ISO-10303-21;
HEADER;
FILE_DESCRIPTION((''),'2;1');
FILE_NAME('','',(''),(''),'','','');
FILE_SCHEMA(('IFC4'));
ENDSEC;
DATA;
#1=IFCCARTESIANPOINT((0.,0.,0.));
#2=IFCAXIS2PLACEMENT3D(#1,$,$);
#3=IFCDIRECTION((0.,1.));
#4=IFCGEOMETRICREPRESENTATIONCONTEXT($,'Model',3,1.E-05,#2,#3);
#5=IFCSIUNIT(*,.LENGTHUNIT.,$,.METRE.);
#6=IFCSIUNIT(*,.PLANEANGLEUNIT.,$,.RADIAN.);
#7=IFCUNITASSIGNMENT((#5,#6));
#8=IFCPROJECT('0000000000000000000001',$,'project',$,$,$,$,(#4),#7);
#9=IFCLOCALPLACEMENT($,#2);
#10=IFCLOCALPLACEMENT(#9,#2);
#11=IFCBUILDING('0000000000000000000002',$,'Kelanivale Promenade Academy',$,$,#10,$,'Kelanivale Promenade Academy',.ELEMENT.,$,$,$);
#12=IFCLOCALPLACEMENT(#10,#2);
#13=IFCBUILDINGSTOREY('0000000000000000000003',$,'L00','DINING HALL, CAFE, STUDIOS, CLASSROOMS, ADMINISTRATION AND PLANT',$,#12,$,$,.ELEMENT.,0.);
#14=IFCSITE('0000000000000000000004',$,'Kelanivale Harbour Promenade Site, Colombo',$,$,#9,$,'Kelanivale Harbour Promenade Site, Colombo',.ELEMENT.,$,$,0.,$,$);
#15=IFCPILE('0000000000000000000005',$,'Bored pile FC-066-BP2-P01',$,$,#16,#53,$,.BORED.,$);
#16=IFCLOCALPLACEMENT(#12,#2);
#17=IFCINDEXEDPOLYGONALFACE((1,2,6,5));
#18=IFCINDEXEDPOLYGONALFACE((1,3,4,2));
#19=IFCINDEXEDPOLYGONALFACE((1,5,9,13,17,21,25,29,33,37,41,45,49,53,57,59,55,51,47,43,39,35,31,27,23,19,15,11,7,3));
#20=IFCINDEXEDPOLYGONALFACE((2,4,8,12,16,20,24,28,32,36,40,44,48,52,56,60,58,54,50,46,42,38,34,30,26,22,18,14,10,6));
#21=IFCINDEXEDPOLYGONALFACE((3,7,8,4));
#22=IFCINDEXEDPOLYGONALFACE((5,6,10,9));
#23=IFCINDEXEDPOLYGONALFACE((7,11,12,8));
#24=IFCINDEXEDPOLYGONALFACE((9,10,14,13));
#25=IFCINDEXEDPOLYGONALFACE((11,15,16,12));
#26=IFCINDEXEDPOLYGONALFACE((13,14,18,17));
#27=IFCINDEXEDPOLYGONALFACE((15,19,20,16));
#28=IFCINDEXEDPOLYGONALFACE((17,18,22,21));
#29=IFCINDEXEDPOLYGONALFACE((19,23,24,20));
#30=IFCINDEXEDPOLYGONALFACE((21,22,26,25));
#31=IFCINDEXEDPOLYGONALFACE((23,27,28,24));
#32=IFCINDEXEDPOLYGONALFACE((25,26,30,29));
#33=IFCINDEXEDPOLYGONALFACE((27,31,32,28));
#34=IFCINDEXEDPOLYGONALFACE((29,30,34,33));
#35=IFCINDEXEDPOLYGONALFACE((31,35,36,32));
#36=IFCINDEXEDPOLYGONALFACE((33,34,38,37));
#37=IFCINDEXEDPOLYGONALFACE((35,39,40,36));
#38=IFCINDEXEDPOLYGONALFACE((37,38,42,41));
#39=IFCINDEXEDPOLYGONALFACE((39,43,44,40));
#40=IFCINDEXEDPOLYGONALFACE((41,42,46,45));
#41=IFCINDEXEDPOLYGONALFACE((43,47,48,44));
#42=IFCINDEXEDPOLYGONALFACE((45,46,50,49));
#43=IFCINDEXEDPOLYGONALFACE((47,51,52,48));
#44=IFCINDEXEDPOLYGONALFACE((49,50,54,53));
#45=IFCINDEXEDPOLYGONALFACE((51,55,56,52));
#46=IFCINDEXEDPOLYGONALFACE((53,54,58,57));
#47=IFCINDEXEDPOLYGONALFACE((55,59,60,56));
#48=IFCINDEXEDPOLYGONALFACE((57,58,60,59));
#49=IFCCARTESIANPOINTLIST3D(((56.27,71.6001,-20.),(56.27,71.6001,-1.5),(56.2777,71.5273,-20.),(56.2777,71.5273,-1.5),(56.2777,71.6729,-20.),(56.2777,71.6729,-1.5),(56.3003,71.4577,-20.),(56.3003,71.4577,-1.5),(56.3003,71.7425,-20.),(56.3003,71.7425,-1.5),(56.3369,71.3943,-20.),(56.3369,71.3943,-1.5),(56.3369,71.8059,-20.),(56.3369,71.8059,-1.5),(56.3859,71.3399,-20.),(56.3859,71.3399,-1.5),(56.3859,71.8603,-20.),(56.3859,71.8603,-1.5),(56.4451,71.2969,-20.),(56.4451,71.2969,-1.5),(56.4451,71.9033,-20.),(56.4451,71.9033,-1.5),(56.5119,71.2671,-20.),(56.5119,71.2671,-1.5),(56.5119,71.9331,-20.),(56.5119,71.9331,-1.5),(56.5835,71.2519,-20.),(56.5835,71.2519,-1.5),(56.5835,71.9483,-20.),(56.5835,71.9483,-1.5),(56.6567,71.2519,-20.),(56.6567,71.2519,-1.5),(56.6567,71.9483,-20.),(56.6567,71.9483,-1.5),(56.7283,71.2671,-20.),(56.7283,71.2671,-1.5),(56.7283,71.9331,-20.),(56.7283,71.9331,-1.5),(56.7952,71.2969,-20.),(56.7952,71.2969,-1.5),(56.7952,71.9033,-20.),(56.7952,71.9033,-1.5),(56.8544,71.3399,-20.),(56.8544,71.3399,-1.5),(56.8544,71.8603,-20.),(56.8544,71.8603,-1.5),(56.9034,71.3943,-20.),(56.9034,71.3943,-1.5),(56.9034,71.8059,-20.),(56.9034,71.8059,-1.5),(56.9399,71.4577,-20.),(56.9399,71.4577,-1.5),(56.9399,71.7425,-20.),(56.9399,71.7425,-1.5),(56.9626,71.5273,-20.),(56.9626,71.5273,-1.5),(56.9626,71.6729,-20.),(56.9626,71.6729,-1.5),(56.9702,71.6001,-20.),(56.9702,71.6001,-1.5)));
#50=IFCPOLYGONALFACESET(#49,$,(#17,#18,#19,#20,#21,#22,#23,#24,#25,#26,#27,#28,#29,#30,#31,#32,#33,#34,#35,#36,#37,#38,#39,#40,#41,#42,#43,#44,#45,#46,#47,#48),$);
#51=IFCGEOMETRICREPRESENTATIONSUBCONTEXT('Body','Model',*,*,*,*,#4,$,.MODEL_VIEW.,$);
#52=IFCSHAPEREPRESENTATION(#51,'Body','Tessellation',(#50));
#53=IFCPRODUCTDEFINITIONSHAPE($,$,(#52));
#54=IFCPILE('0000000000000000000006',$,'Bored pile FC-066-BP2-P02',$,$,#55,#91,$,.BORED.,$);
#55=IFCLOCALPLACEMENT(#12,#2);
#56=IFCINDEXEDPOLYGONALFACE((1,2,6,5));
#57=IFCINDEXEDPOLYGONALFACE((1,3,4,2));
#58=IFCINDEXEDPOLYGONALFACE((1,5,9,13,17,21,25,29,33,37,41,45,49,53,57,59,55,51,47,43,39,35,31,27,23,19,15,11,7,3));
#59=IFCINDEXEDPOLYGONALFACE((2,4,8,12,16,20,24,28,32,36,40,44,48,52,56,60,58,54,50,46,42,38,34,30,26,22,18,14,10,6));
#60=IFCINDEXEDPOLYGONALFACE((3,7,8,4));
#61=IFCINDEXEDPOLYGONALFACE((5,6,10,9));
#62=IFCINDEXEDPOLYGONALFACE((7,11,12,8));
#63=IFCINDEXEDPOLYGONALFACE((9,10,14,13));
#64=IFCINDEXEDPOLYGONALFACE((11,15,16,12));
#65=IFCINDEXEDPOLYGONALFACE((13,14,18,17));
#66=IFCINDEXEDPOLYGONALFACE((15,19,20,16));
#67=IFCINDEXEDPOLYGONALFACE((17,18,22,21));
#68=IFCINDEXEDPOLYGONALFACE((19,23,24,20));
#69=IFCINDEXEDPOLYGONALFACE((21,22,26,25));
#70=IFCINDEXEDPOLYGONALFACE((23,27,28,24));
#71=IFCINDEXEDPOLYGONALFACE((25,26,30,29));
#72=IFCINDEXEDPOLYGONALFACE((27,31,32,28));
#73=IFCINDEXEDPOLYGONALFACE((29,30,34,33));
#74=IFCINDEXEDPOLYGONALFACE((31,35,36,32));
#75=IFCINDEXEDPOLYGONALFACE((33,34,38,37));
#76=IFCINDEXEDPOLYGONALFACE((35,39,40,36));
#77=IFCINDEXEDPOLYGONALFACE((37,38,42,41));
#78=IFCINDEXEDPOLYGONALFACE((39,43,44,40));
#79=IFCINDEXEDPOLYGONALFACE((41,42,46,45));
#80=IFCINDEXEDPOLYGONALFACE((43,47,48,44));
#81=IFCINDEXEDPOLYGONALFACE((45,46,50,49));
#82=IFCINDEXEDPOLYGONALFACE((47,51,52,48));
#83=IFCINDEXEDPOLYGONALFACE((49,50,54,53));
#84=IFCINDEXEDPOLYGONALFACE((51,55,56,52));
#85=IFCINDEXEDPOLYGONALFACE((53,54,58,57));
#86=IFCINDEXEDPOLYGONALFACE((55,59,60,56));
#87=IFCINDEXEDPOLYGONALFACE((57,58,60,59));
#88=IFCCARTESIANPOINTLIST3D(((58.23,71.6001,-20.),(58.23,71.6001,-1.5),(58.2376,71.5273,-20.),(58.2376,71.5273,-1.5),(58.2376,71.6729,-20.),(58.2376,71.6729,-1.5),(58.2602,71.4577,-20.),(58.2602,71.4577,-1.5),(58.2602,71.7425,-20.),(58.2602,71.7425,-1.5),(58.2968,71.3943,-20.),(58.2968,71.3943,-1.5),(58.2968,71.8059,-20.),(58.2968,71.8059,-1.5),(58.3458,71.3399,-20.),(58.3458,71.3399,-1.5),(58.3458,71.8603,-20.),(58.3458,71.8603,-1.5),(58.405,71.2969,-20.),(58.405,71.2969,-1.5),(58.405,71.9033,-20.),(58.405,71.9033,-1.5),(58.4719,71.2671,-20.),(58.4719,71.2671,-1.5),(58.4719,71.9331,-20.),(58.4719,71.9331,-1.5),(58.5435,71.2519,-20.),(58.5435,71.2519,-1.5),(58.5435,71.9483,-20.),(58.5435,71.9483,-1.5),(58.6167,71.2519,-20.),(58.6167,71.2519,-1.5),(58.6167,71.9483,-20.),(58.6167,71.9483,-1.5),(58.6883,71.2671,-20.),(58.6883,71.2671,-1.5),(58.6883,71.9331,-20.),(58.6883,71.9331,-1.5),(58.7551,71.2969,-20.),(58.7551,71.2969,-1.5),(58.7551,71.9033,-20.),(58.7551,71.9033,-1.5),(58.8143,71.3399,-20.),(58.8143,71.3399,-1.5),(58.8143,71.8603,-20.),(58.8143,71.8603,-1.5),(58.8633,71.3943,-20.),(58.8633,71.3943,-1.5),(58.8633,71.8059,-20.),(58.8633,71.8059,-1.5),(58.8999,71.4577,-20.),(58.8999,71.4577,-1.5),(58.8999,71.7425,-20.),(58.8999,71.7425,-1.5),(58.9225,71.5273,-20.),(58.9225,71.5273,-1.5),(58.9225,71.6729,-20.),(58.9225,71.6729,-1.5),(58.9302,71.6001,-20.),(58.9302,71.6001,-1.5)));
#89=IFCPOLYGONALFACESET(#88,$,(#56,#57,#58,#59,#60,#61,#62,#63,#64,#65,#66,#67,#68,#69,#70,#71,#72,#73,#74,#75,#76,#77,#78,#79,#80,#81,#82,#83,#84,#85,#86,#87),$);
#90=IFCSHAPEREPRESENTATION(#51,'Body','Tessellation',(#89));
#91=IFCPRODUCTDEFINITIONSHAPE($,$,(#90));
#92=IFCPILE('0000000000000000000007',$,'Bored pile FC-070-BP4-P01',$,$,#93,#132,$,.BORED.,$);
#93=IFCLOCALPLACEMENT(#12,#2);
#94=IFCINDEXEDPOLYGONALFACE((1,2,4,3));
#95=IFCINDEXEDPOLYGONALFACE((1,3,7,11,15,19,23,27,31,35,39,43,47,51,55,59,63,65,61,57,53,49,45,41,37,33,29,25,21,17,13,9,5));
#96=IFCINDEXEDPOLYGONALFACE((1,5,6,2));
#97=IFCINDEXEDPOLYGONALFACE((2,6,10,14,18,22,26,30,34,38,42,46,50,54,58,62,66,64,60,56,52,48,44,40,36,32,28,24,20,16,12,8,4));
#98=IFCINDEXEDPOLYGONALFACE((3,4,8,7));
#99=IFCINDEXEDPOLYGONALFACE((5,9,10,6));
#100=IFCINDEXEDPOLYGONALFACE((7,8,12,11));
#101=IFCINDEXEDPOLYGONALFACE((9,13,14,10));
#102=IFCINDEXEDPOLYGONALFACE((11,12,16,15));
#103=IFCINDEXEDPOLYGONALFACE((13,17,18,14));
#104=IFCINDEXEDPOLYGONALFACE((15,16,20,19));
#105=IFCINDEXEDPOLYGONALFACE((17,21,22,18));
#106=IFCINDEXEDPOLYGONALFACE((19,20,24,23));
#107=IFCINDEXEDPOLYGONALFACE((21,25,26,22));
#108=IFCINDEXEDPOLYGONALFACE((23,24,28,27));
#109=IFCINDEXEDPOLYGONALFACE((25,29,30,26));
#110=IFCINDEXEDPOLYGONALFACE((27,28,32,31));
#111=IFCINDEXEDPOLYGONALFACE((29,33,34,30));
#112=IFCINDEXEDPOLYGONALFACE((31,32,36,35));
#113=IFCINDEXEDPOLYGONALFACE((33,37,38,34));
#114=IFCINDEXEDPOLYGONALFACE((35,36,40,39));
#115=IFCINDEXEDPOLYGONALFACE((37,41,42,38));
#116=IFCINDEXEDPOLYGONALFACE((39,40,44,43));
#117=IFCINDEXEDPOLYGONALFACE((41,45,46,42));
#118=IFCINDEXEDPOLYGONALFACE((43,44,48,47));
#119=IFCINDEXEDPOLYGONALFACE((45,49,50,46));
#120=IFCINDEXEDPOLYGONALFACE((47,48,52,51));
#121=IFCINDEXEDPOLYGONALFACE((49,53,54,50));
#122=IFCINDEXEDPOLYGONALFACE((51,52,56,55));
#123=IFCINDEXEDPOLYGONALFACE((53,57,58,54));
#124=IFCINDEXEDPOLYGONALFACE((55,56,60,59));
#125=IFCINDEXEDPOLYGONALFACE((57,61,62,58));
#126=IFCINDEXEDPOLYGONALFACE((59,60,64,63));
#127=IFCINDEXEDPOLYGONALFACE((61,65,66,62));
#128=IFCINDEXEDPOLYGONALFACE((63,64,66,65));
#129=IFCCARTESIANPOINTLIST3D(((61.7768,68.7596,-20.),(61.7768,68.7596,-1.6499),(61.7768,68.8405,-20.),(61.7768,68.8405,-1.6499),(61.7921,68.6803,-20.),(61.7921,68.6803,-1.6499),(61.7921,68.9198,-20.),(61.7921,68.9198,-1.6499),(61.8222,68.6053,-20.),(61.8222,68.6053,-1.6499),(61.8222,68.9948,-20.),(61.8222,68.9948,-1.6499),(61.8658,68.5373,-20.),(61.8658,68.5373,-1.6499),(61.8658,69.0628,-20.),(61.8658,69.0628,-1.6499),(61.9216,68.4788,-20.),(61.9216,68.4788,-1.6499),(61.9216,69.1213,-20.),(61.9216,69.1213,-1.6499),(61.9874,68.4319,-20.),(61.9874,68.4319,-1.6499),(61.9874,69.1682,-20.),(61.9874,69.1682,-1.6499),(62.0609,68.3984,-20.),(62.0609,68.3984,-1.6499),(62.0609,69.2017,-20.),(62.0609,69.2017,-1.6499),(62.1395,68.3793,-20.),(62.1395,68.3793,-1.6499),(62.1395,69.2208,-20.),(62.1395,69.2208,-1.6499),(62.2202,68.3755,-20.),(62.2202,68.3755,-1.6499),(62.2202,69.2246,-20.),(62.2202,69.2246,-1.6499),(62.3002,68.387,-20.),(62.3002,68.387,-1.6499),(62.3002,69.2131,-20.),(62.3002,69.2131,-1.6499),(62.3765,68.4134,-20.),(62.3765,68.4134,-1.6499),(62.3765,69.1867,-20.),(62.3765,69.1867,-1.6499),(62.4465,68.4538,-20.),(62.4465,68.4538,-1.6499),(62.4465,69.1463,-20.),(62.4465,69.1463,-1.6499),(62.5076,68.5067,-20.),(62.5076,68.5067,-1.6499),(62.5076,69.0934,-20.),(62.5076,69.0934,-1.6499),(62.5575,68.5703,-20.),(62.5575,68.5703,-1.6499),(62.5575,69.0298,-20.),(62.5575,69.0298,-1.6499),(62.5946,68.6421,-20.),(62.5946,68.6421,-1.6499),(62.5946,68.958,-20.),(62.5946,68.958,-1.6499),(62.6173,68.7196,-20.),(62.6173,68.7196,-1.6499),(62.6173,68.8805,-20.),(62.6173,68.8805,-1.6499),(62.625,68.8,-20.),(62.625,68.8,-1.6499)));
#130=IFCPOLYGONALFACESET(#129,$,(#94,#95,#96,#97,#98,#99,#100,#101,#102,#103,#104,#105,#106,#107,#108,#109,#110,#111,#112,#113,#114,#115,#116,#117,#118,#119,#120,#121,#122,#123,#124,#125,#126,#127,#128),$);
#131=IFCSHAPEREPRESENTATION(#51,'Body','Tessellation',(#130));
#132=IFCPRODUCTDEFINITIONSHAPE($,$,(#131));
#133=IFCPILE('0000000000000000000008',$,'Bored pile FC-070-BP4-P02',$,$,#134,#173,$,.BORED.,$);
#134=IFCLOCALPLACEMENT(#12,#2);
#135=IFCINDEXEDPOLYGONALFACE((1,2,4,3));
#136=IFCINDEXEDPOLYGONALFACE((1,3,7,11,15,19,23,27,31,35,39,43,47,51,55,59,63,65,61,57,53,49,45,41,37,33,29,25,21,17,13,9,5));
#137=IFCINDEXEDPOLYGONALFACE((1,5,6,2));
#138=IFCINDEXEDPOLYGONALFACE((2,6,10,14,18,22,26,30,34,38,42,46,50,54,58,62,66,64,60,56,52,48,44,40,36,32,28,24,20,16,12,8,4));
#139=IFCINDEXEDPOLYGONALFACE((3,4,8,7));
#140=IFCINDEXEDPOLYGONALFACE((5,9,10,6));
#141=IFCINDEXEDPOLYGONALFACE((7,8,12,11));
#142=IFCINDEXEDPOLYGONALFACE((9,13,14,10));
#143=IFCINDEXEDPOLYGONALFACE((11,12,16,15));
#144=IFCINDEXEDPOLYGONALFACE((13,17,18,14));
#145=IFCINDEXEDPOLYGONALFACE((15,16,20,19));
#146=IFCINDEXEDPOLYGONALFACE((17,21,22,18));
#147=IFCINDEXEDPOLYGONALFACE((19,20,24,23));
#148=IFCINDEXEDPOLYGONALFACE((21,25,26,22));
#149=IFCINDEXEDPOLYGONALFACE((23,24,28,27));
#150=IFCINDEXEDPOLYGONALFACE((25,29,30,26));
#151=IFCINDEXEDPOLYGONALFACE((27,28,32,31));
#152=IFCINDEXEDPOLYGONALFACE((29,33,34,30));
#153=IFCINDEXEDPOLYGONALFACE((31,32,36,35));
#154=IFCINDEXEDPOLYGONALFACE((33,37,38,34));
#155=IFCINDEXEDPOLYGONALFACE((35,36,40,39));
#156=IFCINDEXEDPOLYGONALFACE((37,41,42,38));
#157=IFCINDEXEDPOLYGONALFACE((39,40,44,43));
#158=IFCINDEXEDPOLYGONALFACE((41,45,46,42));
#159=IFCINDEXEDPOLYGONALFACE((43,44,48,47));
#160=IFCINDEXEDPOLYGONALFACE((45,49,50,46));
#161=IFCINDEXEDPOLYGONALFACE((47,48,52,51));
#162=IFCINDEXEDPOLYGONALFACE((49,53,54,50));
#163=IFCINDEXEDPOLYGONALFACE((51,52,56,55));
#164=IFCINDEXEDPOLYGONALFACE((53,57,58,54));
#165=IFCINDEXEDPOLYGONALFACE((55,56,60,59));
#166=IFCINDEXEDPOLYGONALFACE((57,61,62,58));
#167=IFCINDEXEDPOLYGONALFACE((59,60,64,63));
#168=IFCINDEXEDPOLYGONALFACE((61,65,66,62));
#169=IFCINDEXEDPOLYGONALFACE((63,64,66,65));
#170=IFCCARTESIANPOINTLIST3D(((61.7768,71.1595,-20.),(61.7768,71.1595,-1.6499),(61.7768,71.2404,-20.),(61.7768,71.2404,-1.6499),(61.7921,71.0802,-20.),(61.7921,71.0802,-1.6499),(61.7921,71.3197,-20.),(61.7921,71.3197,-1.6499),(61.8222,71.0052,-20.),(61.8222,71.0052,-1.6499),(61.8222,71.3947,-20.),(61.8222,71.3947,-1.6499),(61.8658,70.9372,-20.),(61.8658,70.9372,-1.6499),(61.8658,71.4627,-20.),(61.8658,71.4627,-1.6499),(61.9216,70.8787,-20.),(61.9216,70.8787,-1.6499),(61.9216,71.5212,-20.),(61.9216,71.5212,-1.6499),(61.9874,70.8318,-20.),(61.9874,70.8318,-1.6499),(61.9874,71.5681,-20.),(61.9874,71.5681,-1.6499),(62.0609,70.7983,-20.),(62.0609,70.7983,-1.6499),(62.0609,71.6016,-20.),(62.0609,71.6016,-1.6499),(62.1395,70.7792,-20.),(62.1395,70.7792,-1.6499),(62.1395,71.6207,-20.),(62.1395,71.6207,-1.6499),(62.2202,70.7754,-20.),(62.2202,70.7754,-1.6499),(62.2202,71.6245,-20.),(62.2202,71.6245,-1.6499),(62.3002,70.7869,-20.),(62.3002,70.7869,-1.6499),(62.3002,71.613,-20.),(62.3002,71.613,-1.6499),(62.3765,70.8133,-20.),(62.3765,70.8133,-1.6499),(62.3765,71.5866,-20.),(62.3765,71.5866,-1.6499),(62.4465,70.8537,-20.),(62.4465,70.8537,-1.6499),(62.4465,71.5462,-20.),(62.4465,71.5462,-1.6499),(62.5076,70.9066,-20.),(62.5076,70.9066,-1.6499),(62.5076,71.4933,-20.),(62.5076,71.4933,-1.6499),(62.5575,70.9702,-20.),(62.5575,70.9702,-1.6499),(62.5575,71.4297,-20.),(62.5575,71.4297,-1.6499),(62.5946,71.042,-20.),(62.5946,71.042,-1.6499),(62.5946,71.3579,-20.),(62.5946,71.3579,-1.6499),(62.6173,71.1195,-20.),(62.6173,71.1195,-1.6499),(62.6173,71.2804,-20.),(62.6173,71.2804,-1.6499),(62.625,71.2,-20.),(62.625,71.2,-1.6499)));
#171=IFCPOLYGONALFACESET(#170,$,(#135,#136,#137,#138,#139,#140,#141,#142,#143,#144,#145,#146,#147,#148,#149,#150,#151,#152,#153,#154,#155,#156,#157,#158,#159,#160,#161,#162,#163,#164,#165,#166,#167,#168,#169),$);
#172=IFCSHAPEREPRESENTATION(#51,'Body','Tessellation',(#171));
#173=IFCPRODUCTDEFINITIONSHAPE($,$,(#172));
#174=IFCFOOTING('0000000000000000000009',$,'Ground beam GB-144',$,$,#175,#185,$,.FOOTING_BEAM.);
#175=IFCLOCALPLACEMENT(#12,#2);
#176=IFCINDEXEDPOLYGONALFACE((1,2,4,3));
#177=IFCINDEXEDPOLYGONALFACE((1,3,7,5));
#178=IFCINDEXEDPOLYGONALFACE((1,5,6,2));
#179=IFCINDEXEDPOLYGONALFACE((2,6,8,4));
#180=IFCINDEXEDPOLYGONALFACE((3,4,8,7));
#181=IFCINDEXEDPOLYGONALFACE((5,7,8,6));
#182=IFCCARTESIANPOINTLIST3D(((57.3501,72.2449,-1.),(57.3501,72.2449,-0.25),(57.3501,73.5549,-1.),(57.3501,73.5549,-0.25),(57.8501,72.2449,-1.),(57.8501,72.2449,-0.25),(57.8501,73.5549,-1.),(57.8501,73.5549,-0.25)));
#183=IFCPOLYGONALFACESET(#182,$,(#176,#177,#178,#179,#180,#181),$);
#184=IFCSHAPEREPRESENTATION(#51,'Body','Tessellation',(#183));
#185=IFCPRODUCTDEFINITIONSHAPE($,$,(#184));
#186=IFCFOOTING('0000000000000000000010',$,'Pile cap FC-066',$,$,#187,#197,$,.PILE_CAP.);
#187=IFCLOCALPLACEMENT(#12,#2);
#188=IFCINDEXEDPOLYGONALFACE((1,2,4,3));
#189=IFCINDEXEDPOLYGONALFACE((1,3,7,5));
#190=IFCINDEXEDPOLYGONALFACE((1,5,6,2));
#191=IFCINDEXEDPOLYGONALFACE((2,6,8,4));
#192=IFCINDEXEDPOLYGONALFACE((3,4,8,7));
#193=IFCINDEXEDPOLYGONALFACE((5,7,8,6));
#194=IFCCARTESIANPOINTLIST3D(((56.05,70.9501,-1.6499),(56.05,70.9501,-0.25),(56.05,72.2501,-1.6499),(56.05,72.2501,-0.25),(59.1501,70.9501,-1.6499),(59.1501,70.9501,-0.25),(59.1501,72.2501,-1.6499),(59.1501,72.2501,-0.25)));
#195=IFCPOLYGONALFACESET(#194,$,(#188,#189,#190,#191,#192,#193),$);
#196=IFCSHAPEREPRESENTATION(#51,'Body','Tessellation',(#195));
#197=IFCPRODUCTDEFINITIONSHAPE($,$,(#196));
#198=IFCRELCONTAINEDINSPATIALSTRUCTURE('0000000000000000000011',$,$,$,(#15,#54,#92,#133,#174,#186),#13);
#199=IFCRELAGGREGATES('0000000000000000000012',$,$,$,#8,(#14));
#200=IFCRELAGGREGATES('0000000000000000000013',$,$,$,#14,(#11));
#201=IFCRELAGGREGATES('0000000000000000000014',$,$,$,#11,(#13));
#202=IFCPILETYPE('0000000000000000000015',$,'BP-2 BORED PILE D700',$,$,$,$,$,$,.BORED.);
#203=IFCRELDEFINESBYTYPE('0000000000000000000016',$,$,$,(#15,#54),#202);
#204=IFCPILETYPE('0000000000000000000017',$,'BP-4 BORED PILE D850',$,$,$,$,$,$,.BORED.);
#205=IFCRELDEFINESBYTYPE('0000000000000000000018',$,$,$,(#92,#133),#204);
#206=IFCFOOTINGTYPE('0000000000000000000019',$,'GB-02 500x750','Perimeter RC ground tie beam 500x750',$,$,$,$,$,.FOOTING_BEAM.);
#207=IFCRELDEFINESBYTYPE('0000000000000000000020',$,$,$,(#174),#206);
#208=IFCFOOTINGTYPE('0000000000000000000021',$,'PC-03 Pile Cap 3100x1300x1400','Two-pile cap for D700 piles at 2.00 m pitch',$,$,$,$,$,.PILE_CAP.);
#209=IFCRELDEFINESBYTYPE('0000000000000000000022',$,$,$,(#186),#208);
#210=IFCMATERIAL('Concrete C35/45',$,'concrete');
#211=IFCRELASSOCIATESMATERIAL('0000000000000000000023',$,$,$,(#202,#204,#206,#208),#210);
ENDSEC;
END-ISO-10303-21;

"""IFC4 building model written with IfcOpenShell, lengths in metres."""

from ifc_helpers import new_model, si_unit, direction, frame, origin, origin_2d, place, context, subcontext, project, spatial, rectangle, circle, extrude, material, material_profile, profile_set, type_object, element, save


model = new_model("IFC4")

# Units and contexts
model_context = context("Model", 3, precision=1e-05, world=origin(), true_north=direction((0.0, 1.0)))
body_context = subcontext(model_context, "Body", "Model", "MODEL_VIEW")
ifc_project = project(units=[si_unit("LENGTHUNIT", "METRE"), si_unit("PLANEANGLEUNIT", "RADIAN")], contexts=[model_context])

# Site, building, storey
site_placement = place(None, origin())
site = spatial("IfcSite", under=ifc_project, at=site_placement, Name="Kelanivale Harbour Promenade Site, Colombo", LongName="Kelanivale Harbour Promenade Site, Colombo", CompositionType="ELEMENT", RefElevation=0.0)
building_placement = place(site_placement, origin())
building = spatial("IfcBuilding", under=site, at=building_placement, Name="Kelanivale Promenade Academy", LongName="Kelanivale Promenade Academy", CompositionType="ELEMENT")
storey_placement = place(building_placement, origin())
storey = spatial("IfcBuildingStorey", under=building, at=storey_placement, Name="L00", Description="DINING HALL, CAFE, STUDIOS, CLASSROOMS, ADMINISTRATION AND PLANT", CompositionType="ELEMENT", Elevation=0.0)

# Piles
ifc_material_1 = material(Name="Concrete C35/45", Category="concrete")
ifc_material_profile_1 = material_profile(ifc_material_1, circle(Radius=0.3501, at=origin_2d()), Name="BORED PILE D700")
ifc_profile_set_1 = profile_set([ifc_material_profile_1], Name="Concrete C35/45")
pile_type_1 = type_object("IfcPileType", Name="BP-2 BORED PILE D700", PredefinedType="BORED", material=ifc_profile_set_1)
for number, where, z_axis, x_axis, name in (
    (1, (56.6201, 71.6001, -1.5), (0.0, 0.0, -1.0), (1.0, 0.0, 0.0), "Bored pile FC-066-BP2-P01"),
    (2, (58.5801, 71.6001, -1.5), (0.0, 0.0, -1.0), (1.0, 0.0, 0.0), "Bored pile FC-066-BP2-P02"),
):
    element("IfcPile", number, at=place(storey_placement, frame(where, z_axis=z_axis, x_axis=x_axis)), inside=storey, type_object=pile_type_1, Name=name, PredefinedType="BORED", context=body_context, shape_type="SweptSolid", body=[
        extrude(circle(Radius=0.3501, at=origin_2d()), origin(), (0.0, 0.0, 1.0), 18.5),
    ])
ifc_material_profile_2 = material_profile(ifc_material_1, circle(Radius=0.425, at=origin_2d()), Name="BORED PILE D850")
ifc_profile_set_2 = profile_set([ifc_material_profile_2], Name="Concrete C35/45")
pile_type_2 = type_object("IfcPileType", Name="BP-4 BORED PILE D850", PredefinedType="BORED", material=ifc_profile_set_2)
for number, where, z_axis, x_axis, name in (
    (3, (62.2, 68.8, -1.6499), (0.0, 0.0, -1.0), (1.0, 0.0, 0.0), "Bored pile FC-070-BP4-P01"),
    (4, (62.2, 71.2, -1.6499), (0.0, 0.0, -1.0), (1.0, 0.0, 0.0), "Bored pile FC-070-BP4-P02"),
):
    element("IfcPile", number, at=place(storey_placement, frame(where, z_axis=z_axis, x_axis=x_axis)), inside=storey, type_object=pile_type_2, Name=name, PredefinedType="BORED", context=body_context, shape_type="SweptSolid", body=[
        extrude(circle(Radius=0.425, at=origin_2d()), origin(), (0.0, 0.0, 1.0), 18.3501),
    ])

# Footings
footing_type_1 = type_object("IfcFootingType", Name="GB-02 500x750", Description="Perimeter RC ground tie beam 500x750", PredefinedType="FOOTING_BEAM", material=ifc_material_1)
footing_1_placement = place(storey_placement, frame((57.6001, 72.8999, -1.0), z_axis=(0.0, 0.0, 1.0), x_axis=(0.0, 1.0, 0.0)))
element("IfcFooting", 5, at=footing_1_placement, inside=storey, type_object=footing_type_1, Name="Ground beam GB-144", PredefinedType="FOOTING_BEAM", context=body_context, shape_type="SweptSolid", body=[
    extrude(rectangle(XDim=1.3101, YDim=0.5, at=origin_2d()), origin(), (0.0, 0.0, 1.0), 0.75),
])
footing_type_2 = type_object("IfcFootingType", Name="PC-03 Pile Cap 3100x1300x1400", Description="Two-pile cap for D700 piles at 2.00 m pitch", PredefinedType="PILE_CAP", material=ifc_material_1)
footing_2_placement = place(storey_placement, frame((57.6001, 71.6001, -1.6499), z_axis=(0.0, 0.0, 1.0), x_axis=(1.0, 0.0, 0.0)))
element("IfcFooting", 6, at=footing_2_placement, inside=storey, type_object=footing_type_2, Name="Pile cap FC-066", PredefinedType="PILE_CAP", context=body_context, shape_type="SweptSolid", body=[
    extrude(rectangle(XDim=3.1001, YDim=1.3, at=origin_2d()), origin(), (0.0, 0.0, 1.0), 1.3999),
])

save(model, "model.ifc")
